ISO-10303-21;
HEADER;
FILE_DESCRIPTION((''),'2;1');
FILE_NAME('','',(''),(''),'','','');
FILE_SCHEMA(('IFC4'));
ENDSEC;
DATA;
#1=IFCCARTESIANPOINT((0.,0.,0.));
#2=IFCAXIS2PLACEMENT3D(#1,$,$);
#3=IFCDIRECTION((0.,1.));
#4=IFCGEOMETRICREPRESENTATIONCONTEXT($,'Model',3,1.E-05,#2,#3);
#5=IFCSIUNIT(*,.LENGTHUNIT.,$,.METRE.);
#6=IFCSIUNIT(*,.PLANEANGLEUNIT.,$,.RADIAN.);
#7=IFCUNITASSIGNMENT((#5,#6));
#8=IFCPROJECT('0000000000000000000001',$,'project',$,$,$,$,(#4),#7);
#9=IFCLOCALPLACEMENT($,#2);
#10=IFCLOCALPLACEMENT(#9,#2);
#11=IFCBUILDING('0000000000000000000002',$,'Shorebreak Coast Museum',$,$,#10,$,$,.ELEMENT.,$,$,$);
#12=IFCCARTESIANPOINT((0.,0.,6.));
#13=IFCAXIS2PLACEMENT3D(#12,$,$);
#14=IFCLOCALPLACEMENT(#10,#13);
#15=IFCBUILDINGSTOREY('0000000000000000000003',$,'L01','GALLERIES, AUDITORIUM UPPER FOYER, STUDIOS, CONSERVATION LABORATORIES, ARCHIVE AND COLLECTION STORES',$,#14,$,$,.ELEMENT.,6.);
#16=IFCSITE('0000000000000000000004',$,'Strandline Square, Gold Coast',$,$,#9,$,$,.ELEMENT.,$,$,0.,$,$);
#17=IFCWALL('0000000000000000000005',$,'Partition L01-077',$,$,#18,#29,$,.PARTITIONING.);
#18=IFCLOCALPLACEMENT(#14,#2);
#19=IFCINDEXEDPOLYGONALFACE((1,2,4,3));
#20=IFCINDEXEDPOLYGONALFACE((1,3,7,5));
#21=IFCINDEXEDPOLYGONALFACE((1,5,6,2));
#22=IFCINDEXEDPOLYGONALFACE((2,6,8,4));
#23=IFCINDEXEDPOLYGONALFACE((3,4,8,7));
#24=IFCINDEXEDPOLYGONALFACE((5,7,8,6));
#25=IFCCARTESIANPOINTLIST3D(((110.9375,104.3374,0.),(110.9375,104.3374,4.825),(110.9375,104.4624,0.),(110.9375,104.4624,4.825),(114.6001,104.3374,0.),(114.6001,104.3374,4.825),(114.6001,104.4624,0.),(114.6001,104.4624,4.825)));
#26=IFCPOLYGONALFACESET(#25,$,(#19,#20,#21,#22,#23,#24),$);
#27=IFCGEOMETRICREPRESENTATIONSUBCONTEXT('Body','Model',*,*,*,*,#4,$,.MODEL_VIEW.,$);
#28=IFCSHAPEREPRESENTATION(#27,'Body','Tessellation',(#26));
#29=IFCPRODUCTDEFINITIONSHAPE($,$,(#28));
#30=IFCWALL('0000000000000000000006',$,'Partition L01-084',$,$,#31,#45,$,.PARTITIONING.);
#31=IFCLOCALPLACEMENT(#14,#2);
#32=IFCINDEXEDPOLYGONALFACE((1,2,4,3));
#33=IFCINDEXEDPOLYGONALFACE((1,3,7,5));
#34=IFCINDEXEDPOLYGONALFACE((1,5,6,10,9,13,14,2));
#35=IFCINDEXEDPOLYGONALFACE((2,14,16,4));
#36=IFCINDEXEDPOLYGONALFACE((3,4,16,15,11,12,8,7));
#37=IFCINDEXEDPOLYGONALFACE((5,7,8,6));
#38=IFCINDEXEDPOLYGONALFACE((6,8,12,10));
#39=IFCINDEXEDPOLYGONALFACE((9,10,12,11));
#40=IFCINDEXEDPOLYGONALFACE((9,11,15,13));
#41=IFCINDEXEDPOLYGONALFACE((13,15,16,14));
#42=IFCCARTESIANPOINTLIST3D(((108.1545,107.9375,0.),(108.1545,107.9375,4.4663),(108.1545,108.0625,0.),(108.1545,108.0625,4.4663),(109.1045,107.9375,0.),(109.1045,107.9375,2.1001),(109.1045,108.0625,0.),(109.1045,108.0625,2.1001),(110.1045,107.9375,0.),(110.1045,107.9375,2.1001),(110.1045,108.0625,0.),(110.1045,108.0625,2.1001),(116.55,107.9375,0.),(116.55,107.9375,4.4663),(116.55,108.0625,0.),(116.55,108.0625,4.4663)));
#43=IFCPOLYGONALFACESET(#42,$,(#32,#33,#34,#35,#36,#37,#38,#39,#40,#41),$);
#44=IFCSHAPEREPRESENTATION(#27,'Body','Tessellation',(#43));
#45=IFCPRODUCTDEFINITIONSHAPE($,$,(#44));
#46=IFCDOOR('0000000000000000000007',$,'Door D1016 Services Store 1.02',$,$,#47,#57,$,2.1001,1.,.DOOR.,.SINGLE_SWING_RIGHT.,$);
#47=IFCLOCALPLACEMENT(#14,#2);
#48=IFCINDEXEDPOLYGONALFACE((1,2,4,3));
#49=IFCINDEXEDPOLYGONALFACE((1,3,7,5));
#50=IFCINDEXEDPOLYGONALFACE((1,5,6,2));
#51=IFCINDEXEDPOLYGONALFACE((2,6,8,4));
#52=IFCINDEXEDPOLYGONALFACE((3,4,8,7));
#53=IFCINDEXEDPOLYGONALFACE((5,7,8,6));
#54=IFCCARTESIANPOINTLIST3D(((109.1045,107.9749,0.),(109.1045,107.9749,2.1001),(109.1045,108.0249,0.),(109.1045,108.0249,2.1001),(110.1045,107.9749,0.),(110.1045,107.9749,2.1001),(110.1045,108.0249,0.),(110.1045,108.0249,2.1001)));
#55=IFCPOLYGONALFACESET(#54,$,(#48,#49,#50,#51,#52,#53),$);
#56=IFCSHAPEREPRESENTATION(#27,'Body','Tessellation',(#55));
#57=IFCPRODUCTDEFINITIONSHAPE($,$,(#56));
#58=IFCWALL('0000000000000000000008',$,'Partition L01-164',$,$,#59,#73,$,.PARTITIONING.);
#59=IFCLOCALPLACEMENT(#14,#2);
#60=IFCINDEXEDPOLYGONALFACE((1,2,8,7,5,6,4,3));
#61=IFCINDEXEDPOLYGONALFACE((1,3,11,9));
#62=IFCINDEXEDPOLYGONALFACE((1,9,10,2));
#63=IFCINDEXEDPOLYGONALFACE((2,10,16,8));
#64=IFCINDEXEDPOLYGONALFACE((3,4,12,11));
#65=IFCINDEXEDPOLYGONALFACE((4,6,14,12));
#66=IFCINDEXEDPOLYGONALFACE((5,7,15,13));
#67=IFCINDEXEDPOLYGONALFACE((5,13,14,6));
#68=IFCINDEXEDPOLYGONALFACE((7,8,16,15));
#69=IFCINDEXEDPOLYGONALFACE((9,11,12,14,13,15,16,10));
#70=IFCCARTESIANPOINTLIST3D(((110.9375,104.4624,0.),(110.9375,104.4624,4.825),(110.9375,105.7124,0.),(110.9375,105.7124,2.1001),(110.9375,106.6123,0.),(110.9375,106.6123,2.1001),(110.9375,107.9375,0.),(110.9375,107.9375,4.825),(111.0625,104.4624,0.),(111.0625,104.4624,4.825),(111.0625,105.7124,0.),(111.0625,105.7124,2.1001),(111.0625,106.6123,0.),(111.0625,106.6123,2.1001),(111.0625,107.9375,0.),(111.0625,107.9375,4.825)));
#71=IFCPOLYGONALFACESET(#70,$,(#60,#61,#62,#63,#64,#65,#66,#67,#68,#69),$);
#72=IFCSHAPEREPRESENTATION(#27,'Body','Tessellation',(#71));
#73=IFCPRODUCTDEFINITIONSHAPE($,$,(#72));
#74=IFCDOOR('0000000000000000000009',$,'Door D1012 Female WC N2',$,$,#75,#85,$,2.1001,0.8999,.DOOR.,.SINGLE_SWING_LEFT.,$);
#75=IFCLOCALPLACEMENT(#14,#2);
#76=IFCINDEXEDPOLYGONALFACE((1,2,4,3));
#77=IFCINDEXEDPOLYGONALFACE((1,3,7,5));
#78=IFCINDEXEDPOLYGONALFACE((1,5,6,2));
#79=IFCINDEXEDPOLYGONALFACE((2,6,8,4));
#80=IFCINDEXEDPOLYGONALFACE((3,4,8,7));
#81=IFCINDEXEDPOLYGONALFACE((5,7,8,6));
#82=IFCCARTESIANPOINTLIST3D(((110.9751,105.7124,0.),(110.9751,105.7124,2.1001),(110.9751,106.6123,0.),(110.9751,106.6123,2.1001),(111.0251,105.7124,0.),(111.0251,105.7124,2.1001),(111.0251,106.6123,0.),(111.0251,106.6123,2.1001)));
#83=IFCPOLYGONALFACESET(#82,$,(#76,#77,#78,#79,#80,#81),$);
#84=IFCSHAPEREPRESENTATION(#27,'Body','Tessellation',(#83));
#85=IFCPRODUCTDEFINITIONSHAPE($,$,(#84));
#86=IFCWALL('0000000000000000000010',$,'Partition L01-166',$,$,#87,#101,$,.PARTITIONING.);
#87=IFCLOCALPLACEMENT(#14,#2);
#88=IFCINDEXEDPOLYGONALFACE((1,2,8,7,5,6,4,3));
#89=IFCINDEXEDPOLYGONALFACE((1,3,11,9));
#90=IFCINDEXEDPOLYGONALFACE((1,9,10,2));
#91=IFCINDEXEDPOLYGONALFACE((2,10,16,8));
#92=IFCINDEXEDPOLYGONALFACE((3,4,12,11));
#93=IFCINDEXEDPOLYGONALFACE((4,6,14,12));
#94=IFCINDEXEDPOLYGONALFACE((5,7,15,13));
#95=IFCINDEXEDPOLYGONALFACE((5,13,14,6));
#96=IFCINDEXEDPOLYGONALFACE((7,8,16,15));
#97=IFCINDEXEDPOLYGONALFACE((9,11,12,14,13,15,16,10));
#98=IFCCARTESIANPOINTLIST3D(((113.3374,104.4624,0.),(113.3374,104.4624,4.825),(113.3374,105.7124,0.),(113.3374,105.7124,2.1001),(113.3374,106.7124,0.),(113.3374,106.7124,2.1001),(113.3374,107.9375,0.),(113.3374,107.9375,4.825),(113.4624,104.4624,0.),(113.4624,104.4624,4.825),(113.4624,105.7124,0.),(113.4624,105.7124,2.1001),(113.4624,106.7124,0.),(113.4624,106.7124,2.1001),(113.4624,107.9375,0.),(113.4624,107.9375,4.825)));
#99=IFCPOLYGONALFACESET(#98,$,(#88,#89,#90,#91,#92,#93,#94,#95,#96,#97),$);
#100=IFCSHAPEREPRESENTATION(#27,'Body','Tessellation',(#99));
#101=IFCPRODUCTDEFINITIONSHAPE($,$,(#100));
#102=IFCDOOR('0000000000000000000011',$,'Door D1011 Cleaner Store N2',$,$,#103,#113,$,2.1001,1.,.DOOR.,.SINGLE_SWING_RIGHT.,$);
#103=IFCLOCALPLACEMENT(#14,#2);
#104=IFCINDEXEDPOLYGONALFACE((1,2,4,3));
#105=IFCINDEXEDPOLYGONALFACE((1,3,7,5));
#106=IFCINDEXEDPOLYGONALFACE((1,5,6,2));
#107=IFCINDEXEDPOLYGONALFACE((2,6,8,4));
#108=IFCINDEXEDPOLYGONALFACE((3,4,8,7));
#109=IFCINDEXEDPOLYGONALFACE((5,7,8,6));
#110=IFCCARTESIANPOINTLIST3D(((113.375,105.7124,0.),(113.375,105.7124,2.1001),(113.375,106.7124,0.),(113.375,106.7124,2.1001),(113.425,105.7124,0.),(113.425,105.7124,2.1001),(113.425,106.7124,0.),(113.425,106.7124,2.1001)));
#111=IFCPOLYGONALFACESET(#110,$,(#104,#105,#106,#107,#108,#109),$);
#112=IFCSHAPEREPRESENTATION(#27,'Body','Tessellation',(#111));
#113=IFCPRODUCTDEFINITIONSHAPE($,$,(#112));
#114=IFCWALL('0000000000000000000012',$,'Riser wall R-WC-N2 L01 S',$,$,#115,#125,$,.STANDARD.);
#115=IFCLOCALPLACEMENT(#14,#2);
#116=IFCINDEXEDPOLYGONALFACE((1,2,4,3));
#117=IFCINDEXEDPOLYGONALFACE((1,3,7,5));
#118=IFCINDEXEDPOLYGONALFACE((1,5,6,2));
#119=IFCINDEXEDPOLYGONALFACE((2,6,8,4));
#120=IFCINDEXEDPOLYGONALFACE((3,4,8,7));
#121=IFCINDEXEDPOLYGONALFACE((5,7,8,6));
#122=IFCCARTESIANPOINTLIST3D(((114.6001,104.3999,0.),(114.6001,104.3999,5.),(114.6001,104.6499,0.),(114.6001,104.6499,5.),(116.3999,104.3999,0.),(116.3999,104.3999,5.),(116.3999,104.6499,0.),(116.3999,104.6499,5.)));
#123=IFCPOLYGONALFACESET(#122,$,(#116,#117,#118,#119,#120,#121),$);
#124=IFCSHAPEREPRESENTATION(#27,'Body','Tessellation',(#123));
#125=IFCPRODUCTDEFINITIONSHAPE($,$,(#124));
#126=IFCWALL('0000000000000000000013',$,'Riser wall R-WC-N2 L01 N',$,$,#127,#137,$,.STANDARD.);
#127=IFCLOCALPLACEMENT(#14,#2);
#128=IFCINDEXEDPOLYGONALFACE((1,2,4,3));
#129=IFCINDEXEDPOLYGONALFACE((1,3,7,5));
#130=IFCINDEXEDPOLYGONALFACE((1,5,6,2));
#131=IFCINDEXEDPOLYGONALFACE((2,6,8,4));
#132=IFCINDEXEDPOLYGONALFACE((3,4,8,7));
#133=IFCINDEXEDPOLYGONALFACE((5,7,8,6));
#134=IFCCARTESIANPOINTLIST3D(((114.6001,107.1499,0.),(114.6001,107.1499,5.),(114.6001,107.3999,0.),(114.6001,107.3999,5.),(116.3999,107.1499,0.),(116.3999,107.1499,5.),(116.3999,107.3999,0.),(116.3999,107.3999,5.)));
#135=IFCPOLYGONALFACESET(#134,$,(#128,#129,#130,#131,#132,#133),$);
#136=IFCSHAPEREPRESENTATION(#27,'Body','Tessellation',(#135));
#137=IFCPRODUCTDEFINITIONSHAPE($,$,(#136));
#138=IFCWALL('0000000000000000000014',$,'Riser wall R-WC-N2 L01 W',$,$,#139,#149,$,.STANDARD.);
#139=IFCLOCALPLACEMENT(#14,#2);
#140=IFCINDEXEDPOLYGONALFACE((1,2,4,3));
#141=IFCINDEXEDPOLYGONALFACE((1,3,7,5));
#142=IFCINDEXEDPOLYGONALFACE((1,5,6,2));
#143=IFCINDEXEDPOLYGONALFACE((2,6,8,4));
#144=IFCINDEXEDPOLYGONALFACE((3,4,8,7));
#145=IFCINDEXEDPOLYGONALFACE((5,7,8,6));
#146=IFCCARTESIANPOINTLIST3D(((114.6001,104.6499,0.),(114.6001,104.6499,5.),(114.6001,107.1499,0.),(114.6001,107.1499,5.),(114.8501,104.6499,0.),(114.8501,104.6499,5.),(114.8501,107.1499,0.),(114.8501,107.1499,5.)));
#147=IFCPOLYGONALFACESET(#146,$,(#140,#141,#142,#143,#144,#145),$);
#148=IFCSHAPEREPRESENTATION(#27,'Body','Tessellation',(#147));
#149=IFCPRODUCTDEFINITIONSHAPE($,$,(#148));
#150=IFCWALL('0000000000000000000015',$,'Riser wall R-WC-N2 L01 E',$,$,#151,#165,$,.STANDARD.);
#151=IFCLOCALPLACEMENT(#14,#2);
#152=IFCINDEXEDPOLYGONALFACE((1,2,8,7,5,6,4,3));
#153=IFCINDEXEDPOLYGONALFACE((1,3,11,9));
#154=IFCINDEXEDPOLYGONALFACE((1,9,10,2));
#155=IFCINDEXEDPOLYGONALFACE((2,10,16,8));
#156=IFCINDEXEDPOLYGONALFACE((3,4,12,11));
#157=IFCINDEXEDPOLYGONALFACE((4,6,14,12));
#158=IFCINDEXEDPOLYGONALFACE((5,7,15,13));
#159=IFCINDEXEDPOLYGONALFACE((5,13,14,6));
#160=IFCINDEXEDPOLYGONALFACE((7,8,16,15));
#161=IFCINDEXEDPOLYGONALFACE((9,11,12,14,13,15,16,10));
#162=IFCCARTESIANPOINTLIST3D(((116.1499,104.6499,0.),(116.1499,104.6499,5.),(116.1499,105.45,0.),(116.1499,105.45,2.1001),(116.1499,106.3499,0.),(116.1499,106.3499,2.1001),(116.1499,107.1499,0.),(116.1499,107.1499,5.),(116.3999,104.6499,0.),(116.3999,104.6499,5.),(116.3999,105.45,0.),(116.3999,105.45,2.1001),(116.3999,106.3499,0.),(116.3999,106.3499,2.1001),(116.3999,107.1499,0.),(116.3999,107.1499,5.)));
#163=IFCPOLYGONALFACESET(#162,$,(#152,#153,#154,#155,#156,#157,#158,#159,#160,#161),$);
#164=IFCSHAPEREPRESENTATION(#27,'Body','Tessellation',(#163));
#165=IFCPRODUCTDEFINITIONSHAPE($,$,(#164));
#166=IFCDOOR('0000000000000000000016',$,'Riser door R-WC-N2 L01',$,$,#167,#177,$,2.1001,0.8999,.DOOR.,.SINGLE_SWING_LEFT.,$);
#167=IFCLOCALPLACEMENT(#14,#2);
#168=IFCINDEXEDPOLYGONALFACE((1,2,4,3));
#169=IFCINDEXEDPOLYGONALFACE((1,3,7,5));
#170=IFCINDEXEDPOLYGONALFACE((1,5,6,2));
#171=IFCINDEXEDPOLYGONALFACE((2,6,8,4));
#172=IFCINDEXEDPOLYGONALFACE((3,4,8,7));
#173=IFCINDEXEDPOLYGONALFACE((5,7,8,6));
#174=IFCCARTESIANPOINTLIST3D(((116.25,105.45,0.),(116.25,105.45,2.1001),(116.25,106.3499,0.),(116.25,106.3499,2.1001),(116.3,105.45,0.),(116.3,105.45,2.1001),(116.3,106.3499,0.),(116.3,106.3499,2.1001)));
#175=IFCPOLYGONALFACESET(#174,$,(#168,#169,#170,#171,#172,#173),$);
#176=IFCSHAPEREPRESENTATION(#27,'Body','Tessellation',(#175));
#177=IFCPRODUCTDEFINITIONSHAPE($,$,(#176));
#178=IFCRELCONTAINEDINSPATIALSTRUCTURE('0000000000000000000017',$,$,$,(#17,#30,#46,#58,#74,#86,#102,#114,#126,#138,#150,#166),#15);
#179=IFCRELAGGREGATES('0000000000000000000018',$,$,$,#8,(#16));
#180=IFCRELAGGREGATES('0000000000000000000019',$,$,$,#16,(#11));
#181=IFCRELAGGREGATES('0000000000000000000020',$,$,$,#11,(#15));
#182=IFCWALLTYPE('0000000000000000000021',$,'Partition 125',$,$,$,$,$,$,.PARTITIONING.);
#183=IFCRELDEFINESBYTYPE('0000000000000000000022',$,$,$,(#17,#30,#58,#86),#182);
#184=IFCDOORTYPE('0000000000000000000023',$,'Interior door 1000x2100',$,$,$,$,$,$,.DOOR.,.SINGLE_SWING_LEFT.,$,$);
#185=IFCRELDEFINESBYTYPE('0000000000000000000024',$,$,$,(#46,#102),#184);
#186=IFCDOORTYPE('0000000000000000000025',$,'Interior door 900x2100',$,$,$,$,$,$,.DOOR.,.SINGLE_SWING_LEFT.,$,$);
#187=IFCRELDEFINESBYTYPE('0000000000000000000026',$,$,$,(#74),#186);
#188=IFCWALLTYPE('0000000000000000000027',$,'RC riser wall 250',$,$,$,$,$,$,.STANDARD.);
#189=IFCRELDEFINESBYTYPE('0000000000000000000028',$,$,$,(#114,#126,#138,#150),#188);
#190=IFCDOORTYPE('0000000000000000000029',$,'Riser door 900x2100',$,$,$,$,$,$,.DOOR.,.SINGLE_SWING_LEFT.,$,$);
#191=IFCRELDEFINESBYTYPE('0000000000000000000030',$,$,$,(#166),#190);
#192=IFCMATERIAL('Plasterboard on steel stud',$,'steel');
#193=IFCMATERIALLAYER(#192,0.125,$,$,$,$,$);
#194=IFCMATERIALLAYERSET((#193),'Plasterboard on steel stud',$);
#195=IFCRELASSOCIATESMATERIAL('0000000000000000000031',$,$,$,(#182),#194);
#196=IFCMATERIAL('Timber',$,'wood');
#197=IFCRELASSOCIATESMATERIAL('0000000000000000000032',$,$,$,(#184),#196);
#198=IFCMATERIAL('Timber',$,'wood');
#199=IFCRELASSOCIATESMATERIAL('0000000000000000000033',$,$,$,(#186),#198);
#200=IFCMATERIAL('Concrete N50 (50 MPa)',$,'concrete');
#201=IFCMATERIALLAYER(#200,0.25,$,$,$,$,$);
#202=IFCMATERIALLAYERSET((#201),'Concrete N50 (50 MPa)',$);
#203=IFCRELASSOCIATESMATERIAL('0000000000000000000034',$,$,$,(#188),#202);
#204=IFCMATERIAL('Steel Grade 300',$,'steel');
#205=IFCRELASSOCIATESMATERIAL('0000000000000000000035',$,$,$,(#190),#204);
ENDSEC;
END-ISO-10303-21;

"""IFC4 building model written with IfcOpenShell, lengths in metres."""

from ifc_helpers import new_model, si_unit, direction, frame, frame_2d, origin, place, context, subcontext, project, spatial, rectangle, extrude, material, layer, layer_set, type_object, element, fill, save


model = new_model("IFC4")

# Units and contexts
model_context = context("Model", 3, precision=1e-05, world=origin(), true_north=direction((0.0, 1.0)))
body_context = subcontext(model_context, "Body", "Model", "MODEL_VIEW")
ifc_project = project(units=[si_unit("LENGTHUNIT", "METRE"), si_unit("PLANEANGLEUNIT", "RADIAN")], contexts=[model_context])

# Site, building, storey
site_placement = place(None, origin())
site = spatial("IfcSite", under=ifc_project, at=site_placement, Name="Strandline Square, Gold Coast", CompositionType="ELEMENT", RefElevation=0.0)
building_placement = place(site_placement, origin())
building = spatial("IfcBuilding", under=site, at=building_placement, Name="Shorebreak Coast Museum", CompositionType="ELEMENT")
storey_placement = place(building_placement, frame((0.0, 0.0, 6.0)))
storey = spatial("IfcBuildingStorey", under=building, at=storey_placement, Name="L01", Description="GALLERIES, AUDITORIUM UPPER FOYER, STUDIOS, CONSERVATION LABORATORIES, ARCHIVE AND COLLECTION STORES", CompositionType="ELEMENT", Elevation=6.0)

# Wall
ifc_material_1 = material(Name="Plasterboard on steel stud", Category="steel")
ifc_layer_1 = layer(ifc_material_1, 0.125)
ifc_layer_set_1 = layer_set([ifc_layer_1], Name="Plasterboard on steel stud")
wall_type_1 = type_object("IfcWallType", Name="Partition 125", PredefinedType="PARTITIONING", material=ifc_layer_set_1)
wall_1_placement = place(storey_placement, frame((110.9375, 104.3999, 0.0), z_axis=(0.0, 0.0, 1.0), x_axis=(1.0, 0.0, 0.0)))
element("IfcWall", 1, at=wall_1_placement, inside=storey, type_object=wall_type_1, Name="Partition L01-077", PredefinedType="PARTITIONING", context=body_context, shape_type="SweptSolid", body=[
    extrude(rectangle(XDim=3.6626, YDim=0.125, at=frame_2d((1.8313, 0.0))), origin(), (0.0, 0.0, 1.0), 4.825),
])

# Walls, openings, doors
wall_2_placement = place(storey_placement, frame((108.1545, 108.0, 0.0), z_axis=(0.0, 0.0, 1.0), x_axis=(1.0, 0.0, 0.0)))
wall_2 = element("IfcWall", 2, at=wall_2_placement, inside=storey, type_object=wall_type_1, Name="Partition L01-084", PredefinedType="PARTITIONING", context=body_context, shape_type="SweptSolid", body=[
    extrude(rectangle(XDim=8.3955, YDim=0.125, at=frame_2d((4.1978, 0.0))), origin(), (0.0, 0.0, 1.0), 4.4663),
])
opening_1_placement = place(wall_2_placement, frame((0.95, 0.0, 0.0)))
opening_1 = element("IfcOpeningElement", 3, at=opening_1_placement, cuts=wall_2, PredefinedType="OPENING", context=body_context, shape_type="SweptSolid", body=[
    extrude(rectangle(XDim=1.0, YDim=2.1001, at=frame_2d((0.5, 1.05))), frame((0.0, 0.0725, 0.0), z_axis=(0.0, -1.0, 0.0), x_axis=(1.0, 0.0, 0.0)), (0.0, 0.0, 1.0), 0.145),
])
ifc_material_2 = material(Name="Timber", Category="wood")
door_type_1 = type_object("IfcDoorType", Name="Interior door 1000x2100", OperationType="SINGLE_SWING_LEFT", PredefinedType="DOOR", material=ifc_material_2)
door_1_placement = place(opening_1_placement, origin())
door_1 = element("IfcDoor", 4, at=door_1_placement, inside=storey, type_object=door_type_1, Name="Door D1016 Services Store 1.02", OperationType="SINGLE_SWING_RIGHT", OverallHeight=2.1001, OverallWidth=1.0, PredefinedType="DOOR", context=body_context, shape_type="SweptSolid", body=[
    extrude(rectangle(XDim=1.0, YDim=2.1001, at=frame_2d((0.5, 1.05))), frame((0.0, 0.0249, 0.0), z_axis=(0.0, -1.0, 0.0), x_axis=(1.0, 0.0, 0.0)), (0.0, 0.0, 1.0), 0.05),
])
fill(opening_1, door_1)
wall_3_placement = place(storey_placement, frame((111.0, 104.4624, 0.0), z_axis=(0.0, 0.0, 1.0), x_axis=(0.0, 1.0, 0.0)))
wall_3 = element("IfcWall", 5, at=wall_3_placement, inside=storey, type_object=wall_type_1, Name="Partition L01-164", PredefinedType="PARTITIONING", context=body_context, shape_type="SweptSolid", body=[
    extrude(rectangle(XDim=3.4751, YDim=0.125, at=frame_2d((1.7375, 0.0))), origin(), (0.0, 0.0, 1.0), 4.825),
])
opening_2_placement = place(wall_3_placement, frame((1.25, 0.0, 0.0)))
opening_2 = element("IfcOpeningElement", 6, at=opening_2_placement, cuts=wall_3, PredefinedType="OPENING", context=body_context, shape_type="SweptSolid", body=[
    extrude(rectangle(XDim=0.8999, YDim=2.1001, at=frame_2d((0.45, 1.05))), frame((0.0, 0.0725, 0.0), z_axis=(0.0, -1.0, 0.0), x_axis=(1.0, 0.0, 0.0)), (0.0, 0.0, 1.0), 0.145),
])
ifc_material_3 = material(Name="Timber", Category="wood")
door_type_2 = type_object("IfcDoorType", Name="Interior door 900x2100", OperationType="SINGLE_SWING_LEFT", PredefinedType="DOOR", material=ifc_material_3)
door_2_placement = place(opening_2_placement, origin())
door_2 = element("IfcDoor", 7, at=door_2_placement, inside=storey, type_object=door_type_2, Name="Door D1012 Female WC N2", OperationType="SINGLE_SWING_LEFT", OverallHeight=2.1001, OverallWidth=0.8999, PredefinedType="DOOR", context=body_context, shape_type="SweptSolid", body=[
    extrude(rectangle(XDim=0.8999, YDim=2.1001, at=frame_2d((0.45, 1.05))), frame((0.0, 0.0249, 0.0), z_axis=(0.0, -1.0, 0.0), x_axis=(1.0, 0.0, 0.0)), (0.0, 0.0, 1.0), 0.05),
])
fill(opening_2, door_2)
wall_4_placement = place(storey_placement, frame((113.3999, 104.4624, 0.0), z_axis=(0.0, 0.0, 1.0), x_axis=(0.0, 1.0, 0.0)))
wall_4 = element("IfcWall", 8, at=wall_4_placement, inside=storey, type_object=wall_type_1, Name="Partition L01-166", PredefinedType="PARTITIONING", context=body_context, shape_type="SweptSolid", body=[
    extrude(rectangle(XDim=3.4751, YDim=0.125, at=frame_2d((1.7375, 0.0))), origin(), (0.0, 0.0, 1.0), 4.825),
])
opening_3_placement = place(wall_4_placement, frame((1.25, 0.0, 0.0)))
opening_3 = element("IfcOpeningElement", 9, at=opening_3_placement, cuts=wall_4, PredefinedType="OPENING", context=body_context, shape_type="SweptSolid", body=[
    extrude(rectangle(XDim=1.0, YDim=2.1001, at=frame_2d((0.5, 1.05))), frame((0.0, 0.0725, 0.0), z_axis=(0.0, -1.0, 0.0), x_axis=(1.0, 0.0, 0.0)), (0.0, 0.0, 1.0), 0.145),
])
door_3_placement = place(opening_3_placement, origin())
door_3 = element("IfcDoor", 10, at=door_3_placement, inside=storey, type_object=door_type_1, Name="Door D1011 Cleaner Store N2", OperationType="SINGLE_SWING_RIGHT", OverallHeight=2.1001, OverallWidth=1.0, PredefinedType="DOOR", context=body_context, shape_type="SweptSolid", body=[
    extrude(rectangle(XDim=1.0, YDim=2.1001, at=frame_2d((0.5, 1.05))), frame((0.0, 0.0249, 0.0), z_axis=(0.0, -1.0, 0.0), x_axis=(1.0, 0.0, 0.0)), (0.0, 0.0, 1.0), 0.05),
])
fill(opening_3, door_3)

# Walls
ifc_material_4 = material(Name="Concrete N50 (50 MPa)", Category="concrete")
ifc_layer_2 = layer(ifc_material_4, 0.25)
ifc_layer_set_2 = layer_set([ifc_layer_2], Name="Concrete N50 (50 MPa)")
wall_type_2 = type_object("IfcWallType", Name="RC riser wall 250", PredefinedType="STANDARD", material=ifc_layer_set_2)
for number, where, z_axis, x_axis, name in (
    (11, (114.6001, 104.5249, 0.0), (0.0, 0.0, 1.0), (1.0, 0.0, 0.0), "Riser wall R-WC-N2 L01 S"),
    (12, (114.6001, 107.2749, 0.0), (0.0, 0.0, 1.0), (1.0, 0.0, 0.0), "Riser wall R-WC-N2 L01 N"),
):
    element("IfcWall", number, at=place(storey_placement, frame(where, z_axis=z_axis, x_axis=x_axis)), inside=storey, type_object=wall_type_2, Name=name, PredefinedType="STANDARD", context=body_context, shape_type="SweptSolid", body=[
        extrude(rectangle(XDim=1.7998, YDim=0.25, at=frame_2d((0.8999, 0.0))), origin(), (0.0, 0.0, 1.0), 5.0),
    ])
wall_5_placement = place(storey_placement, frame((114.7251, 104.6499, 0.0), z_axis=(0.0, 0.0, 1.0), x_axis=(0.0, 1.0, 0.0)))
element("IfcWall", 13, at=wall_5_placement, inside=storey, type_object=wall_type_2, Name="Riser wall R-WC-N2 L01 W", PredefinedType="STANDARD", context=body_context, shape_type="SweptSolid", body=[
    extrude(rectangle(XDim=2.5, YDim=0.25, at=frame_2d((1.25, 0.0))), origin(), (0.0, 0.0, 1.0), 5.0),
])

# Wall, opening, door
wall_6_placement = place(storey_placement, frame((116.2749, 104.6499, 0.0), z_axis=(0.0, 0.0, 1.0), x_axis=(0.0, 1.0, 0.0)))
wall_6 = element("IfcWall", 14, at=wall_6_placement, inside=storey, type_object=wall_type_2, Name="Riser wall R-WC-N2 L01 E", PredefinedType="STANDARD", context=body_context, shape_type="SweptSolid", body=[
    extrude(rectangle(XDim=2.5, YDim=0.25, at=frame_2d((1.25, 0.0))), origin(), (0.0, 0.0, 1.0), 5.0),
])
opening_4_placement = place(wall_6_placement, frame((0.8, 0.0, 0.0)))
opening_4 = element("IfcOpeningElement", 15, at=opening_4_placement, cuts=wall_6, PredefinedType="OPENING", context=body_context, shape_type="SweptSolid", body=[
    extrude(rectangle(XDim=0.8999, YDim=2.1001, at=frame_2d((0.45, 1.05))), frame((0.0, 0.135, 0.0), z_axis=(0.0, -1.0, 0.0), x_axis=(1.0, 0.0, 0.0)), (0.0, 0.0, 1.0), 0.27),
])
ifc_material_5 = material(Name="Steel Grade 300", Category="steel")
door_type_3 = type_object("IfcDoorType", Name="Riser door 900x2100", OperationType="SINGLE_SWING_LEFT", PredefinedType="DOOR", material=ifc_material_5)
door_4_placement = place(opening_4_placement, origin())
door_4 = element("IfcDoor", 16, at=door_4_placement, inside=storey, type_object=door_type_3, Name="Riser door R-WC-N2 L01", OperationType="SINGLE_SWING_LEFT", OverallHeight=2.1001, OverallWidth=0.8999, PredefinedType="DOOR", context=body_context, shape_type="SweptSolid", body=[
    extrude(rectangle(XDim=0.8999, YDim=2.1001, at=frame_2d((0.45, 1.05))), frame((0.0, 0.0249, 0.0), z_axis=(0.0, -1.0, 0.0), x_axis=(1.0, 0.0, 0.0)), (0.0, 0.0, 1.0), 0.05),
])
fill(opening_4, door_4)

save(model, "model.ifc")
